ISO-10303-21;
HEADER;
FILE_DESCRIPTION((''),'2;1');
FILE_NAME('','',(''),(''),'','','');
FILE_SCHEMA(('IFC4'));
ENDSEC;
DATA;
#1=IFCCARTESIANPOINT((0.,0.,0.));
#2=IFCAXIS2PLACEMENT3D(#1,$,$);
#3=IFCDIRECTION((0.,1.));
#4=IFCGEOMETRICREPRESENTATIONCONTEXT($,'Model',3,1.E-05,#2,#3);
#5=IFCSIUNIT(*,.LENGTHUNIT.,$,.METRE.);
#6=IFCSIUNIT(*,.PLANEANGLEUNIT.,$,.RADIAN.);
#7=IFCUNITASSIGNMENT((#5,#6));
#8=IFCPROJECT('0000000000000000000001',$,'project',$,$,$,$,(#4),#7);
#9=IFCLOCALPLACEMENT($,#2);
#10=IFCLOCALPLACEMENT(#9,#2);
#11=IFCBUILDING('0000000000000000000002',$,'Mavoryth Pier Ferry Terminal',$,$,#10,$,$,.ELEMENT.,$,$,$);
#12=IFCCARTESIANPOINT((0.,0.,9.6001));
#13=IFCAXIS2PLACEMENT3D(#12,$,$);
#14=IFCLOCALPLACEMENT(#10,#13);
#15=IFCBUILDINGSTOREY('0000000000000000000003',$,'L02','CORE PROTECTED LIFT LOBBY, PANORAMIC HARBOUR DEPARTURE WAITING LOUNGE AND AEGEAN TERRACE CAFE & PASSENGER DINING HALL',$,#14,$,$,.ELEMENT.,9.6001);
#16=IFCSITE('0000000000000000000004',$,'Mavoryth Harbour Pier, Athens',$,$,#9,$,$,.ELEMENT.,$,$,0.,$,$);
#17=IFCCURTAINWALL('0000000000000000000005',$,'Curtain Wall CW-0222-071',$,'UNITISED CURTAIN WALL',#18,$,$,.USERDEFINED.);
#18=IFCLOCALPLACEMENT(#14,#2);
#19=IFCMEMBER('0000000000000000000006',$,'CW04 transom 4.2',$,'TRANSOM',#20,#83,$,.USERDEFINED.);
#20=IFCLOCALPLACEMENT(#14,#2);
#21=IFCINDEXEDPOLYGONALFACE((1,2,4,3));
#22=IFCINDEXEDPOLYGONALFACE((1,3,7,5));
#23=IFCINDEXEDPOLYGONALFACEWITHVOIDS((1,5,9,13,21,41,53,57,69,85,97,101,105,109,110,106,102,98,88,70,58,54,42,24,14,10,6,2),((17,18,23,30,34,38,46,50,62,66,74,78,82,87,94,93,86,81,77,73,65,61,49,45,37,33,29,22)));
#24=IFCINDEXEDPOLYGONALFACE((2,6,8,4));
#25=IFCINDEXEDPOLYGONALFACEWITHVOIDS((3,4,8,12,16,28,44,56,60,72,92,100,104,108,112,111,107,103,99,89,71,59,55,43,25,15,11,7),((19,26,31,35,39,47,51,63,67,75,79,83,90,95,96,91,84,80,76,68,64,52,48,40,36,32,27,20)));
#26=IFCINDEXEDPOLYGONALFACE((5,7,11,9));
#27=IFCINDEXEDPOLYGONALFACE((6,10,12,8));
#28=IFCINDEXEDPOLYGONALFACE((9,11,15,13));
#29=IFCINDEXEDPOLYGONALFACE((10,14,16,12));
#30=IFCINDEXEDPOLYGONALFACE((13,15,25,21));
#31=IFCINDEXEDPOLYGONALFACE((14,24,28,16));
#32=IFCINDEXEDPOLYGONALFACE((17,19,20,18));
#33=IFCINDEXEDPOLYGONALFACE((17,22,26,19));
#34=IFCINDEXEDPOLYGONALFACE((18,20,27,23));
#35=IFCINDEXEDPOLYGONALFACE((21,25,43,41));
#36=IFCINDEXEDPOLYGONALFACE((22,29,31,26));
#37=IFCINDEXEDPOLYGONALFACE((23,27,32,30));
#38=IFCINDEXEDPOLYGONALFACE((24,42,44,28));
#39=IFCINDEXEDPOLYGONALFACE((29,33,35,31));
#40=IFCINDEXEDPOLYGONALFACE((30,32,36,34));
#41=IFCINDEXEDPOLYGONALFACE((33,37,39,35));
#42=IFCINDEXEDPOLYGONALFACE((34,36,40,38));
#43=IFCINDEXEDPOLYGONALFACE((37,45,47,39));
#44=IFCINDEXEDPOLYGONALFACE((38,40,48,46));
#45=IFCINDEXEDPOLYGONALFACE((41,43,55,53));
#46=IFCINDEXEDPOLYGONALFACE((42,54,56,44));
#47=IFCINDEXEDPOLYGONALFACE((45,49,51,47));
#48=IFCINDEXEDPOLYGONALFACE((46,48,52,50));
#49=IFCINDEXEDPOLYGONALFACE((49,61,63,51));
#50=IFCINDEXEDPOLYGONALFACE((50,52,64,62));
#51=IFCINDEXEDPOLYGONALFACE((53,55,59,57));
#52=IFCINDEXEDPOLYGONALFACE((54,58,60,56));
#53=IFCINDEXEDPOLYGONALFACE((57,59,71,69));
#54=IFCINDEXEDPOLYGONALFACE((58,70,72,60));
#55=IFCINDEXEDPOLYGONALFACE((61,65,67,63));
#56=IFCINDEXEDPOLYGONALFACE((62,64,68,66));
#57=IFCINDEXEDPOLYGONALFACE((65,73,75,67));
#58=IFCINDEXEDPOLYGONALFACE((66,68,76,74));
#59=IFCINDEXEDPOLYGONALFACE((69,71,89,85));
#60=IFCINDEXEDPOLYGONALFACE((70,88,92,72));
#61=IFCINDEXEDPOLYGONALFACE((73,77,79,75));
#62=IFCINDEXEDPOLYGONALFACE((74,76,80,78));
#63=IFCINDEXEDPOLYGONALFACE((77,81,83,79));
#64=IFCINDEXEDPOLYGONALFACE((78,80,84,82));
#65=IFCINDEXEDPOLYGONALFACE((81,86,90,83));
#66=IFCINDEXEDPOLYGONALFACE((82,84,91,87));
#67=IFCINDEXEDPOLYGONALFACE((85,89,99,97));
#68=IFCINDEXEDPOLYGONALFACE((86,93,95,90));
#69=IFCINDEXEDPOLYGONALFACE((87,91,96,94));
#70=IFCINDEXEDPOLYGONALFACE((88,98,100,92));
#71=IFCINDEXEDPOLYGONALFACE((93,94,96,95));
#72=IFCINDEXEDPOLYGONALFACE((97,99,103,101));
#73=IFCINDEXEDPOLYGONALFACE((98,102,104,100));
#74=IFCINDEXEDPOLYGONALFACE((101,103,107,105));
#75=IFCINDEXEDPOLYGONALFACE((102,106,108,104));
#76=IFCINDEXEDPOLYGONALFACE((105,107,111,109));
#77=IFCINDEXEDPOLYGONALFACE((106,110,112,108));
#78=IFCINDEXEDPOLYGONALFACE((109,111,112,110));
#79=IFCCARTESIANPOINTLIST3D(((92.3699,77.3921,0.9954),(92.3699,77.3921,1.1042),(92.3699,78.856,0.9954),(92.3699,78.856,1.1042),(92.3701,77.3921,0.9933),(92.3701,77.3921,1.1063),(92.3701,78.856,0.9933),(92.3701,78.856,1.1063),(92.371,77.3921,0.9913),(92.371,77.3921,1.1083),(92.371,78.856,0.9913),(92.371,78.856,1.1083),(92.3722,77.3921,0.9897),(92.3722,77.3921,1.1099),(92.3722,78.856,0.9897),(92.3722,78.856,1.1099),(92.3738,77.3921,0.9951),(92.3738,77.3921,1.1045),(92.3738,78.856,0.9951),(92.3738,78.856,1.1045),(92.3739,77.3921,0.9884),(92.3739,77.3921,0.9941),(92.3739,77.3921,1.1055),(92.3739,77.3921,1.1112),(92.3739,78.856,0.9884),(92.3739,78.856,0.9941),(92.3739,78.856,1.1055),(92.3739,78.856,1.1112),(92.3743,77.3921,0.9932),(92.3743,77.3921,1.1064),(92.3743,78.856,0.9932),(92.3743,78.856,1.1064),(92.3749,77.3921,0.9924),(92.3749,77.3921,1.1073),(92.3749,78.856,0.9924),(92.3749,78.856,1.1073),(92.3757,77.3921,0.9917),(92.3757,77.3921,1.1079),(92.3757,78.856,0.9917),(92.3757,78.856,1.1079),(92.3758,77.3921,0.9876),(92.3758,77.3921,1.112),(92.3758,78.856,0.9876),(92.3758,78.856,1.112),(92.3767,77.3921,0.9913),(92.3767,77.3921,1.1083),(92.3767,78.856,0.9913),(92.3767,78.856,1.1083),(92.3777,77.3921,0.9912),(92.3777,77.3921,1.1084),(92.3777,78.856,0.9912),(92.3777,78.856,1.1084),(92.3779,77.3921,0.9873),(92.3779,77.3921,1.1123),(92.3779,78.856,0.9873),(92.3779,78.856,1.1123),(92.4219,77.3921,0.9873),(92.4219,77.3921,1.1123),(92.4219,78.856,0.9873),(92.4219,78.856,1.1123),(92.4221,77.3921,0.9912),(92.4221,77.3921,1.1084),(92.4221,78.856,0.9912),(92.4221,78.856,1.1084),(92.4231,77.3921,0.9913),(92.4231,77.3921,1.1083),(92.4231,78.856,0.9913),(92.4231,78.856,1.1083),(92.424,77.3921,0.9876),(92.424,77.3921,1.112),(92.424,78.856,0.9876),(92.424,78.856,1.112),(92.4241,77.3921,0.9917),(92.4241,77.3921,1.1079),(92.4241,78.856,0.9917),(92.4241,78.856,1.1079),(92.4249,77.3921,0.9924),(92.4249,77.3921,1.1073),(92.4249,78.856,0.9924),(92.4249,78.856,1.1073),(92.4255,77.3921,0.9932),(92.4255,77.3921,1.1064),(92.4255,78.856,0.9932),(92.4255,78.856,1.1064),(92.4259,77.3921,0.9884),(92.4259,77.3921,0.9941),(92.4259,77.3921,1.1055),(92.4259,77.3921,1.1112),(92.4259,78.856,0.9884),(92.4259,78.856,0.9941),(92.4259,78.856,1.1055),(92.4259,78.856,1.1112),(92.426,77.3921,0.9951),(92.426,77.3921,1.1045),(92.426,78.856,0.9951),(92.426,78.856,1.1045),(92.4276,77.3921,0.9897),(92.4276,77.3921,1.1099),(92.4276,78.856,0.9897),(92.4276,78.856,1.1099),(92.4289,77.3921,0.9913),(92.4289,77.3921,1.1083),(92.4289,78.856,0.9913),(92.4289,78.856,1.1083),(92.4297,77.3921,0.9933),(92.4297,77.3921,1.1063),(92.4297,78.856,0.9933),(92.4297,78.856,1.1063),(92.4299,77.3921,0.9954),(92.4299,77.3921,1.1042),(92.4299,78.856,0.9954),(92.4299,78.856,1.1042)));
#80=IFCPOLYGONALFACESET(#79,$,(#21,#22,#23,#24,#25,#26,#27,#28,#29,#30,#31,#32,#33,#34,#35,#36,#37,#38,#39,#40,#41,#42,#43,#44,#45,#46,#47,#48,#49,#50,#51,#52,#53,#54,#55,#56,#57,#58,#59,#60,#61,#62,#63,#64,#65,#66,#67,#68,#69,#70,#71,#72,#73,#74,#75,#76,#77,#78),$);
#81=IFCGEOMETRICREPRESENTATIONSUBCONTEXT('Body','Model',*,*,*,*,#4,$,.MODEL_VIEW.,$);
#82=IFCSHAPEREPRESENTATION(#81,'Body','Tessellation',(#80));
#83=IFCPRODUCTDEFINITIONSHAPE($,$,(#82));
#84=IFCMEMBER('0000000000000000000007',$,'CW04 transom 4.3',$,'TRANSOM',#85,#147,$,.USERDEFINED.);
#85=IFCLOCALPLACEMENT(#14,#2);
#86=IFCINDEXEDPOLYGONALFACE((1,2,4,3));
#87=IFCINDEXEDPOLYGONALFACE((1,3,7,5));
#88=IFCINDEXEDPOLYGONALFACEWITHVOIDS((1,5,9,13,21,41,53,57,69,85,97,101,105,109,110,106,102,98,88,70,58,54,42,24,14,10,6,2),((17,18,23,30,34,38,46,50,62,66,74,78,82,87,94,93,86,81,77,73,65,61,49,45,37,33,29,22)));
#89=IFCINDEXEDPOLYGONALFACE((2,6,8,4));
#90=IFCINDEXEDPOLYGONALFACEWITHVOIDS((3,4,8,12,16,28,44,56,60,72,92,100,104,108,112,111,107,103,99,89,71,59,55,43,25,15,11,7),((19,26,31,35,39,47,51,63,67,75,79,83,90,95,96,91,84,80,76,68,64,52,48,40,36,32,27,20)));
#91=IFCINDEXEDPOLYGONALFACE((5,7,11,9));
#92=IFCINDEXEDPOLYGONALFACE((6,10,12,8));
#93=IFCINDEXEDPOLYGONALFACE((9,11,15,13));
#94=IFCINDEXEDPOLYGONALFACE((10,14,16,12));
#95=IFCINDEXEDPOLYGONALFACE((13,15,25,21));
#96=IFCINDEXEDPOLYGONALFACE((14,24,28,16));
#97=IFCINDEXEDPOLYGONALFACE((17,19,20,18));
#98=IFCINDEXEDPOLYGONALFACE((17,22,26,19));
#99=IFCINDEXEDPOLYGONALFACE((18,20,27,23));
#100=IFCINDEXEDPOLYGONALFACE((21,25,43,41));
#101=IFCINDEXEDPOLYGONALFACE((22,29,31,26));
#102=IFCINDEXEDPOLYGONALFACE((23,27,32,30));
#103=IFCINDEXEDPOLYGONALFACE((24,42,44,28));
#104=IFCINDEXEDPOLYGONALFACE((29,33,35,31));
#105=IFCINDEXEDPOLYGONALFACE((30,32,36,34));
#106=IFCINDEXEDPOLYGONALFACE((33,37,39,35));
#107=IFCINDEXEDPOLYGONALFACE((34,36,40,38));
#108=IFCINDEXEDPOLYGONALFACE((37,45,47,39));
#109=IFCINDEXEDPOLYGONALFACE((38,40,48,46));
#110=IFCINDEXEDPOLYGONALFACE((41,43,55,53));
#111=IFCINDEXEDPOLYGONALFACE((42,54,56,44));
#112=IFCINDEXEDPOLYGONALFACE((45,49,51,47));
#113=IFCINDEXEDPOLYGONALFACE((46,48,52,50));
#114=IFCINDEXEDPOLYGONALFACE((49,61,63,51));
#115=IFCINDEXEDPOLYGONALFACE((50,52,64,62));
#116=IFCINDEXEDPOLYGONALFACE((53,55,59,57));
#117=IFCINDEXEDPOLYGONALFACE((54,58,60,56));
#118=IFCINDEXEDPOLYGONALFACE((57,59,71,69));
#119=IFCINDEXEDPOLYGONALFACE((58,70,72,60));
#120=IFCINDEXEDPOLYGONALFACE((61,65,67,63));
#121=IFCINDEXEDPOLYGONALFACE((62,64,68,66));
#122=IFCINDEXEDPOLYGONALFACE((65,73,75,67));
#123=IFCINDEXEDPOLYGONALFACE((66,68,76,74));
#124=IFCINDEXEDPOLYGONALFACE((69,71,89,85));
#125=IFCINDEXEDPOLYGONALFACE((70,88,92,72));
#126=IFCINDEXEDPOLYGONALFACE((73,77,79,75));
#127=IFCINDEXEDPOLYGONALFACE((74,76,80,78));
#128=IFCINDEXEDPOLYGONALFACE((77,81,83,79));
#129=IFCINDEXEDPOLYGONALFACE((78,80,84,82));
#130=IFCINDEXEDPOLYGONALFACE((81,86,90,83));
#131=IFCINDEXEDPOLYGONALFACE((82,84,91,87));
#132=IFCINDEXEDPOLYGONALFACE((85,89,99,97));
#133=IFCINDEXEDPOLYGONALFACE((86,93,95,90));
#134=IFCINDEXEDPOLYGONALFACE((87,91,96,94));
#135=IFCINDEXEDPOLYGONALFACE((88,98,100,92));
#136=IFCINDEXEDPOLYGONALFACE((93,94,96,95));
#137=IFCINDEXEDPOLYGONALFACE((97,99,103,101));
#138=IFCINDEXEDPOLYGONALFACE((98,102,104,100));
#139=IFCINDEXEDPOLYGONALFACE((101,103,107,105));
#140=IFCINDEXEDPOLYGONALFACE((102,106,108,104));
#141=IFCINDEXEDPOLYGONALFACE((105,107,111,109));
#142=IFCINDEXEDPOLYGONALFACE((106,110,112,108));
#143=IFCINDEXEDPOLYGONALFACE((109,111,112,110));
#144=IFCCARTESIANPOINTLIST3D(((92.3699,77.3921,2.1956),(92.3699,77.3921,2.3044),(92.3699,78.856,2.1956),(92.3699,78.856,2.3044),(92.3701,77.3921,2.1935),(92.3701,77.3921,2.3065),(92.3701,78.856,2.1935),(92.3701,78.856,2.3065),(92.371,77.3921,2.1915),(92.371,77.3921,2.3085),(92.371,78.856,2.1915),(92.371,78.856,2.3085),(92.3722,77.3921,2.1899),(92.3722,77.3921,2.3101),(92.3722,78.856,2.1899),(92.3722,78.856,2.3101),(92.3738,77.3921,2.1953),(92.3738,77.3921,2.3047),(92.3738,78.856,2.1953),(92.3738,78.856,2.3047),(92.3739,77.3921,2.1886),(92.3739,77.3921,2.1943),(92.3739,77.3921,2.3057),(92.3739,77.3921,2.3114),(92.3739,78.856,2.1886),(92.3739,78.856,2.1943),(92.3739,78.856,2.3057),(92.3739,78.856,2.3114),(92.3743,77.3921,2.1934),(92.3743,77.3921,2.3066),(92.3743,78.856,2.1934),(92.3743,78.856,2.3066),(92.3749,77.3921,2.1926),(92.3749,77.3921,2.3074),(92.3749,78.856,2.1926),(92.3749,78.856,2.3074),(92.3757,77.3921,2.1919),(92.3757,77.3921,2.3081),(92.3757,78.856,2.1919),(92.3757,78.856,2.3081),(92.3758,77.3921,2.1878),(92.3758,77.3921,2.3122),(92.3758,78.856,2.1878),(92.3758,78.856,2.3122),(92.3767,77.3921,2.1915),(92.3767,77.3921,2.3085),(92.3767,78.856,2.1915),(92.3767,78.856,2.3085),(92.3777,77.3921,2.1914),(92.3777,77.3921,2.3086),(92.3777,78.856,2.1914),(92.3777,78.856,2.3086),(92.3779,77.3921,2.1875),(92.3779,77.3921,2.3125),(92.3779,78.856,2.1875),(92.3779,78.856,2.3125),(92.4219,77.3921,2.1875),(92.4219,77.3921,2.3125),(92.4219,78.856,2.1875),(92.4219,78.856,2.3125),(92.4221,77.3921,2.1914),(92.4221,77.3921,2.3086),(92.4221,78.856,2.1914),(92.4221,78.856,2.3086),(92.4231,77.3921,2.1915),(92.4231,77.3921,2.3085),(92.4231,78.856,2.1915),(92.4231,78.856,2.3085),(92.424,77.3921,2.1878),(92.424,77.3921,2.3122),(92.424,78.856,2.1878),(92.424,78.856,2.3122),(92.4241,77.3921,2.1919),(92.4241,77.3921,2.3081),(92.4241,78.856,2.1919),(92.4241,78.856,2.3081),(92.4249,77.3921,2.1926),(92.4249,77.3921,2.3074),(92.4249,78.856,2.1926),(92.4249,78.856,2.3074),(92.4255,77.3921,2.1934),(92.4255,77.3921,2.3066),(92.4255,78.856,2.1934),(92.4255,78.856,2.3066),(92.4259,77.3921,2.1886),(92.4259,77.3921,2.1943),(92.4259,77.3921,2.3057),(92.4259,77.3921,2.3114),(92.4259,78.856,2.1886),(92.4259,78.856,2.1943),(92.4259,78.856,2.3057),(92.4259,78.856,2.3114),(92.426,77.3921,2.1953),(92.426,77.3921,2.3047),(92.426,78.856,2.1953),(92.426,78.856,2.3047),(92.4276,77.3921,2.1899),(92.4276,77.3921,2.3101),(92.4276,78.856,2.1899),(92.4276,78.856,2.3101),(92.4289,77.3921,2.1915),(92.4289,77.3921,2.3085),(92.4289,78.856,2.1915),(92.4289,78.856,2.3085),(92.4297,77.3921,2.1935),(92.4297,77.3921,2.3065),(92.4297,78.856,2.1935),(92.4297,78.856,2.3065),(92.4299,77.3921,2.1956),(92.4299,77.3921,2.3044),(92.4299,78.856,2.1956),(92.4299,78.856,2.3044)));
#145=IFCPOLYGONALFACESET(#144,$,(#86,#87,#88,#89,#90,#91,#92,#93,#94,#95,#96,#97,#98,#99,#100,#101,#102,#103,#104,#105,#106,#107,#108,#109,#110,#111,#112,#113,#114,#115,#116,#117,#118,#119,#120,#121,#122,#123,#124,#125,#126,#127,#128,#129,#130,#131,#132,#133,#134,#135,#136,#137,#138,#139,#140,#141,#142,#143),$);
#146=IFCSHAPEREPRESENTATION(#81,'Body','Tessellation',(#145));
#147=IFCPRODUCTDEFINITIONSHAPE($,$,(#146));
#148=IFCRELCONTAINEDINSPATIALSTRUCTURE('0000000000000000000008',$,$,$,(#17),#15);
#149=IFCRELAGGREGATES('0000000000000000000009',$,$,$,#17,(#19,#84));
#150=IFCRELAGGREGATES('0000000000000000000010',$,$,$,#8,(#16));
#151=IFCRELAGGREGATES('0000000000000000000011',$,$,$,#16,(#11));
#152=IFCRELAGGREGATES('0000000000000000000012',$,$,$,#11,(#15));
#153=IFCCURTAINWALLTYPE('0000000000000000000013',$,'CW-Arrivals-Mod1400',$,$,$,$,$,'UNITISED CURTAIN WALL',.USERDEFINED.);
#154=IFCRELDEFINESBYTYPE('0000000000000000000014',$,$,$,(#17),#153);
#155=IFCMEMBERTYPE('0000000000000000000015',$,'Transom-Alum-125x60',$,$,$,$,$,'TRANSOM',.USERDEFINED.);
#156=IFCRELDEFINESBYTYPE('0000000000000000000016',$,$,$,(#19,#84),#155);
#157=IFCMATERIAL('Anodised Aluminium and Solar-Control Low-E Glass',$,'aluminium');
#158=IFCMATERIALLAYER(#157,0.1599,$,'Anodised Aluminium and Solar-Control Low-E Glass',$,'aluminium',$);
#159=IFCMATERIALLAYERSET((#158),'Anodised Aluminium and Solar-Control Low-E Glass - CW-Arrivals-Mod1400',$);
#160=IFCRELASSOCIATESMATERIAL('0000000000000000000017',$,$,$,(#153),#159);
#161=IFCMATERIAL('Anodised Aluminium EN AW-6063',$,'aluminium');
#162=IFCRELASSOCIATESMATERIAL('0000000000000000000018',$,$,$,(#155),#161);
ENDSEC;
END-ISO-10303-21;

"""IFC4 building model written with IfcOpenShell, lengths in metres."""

from ifc_helpers import new_model, si_unit, direction, frame, origin, origin_2d, place, context, subcontext, project, spatial, hollow_rectangle, extrude, material, layer, layer_set, material_profile, profile_set, type_object, element, aggregate, save


model = new_model("IFC4")

# Units and contexts
model_context = context("Model", 3, precision=1e-05, world=origin(), true_north=direction((0.0, 1.0)))
body_context = subcontext(model_context, "Body", "Model", "MODEL_VIEW")
ifc_project = project(units=[si_unit("LENGTHUNIT", "METRE"), si_unit("PLANEANGLEUNIT", "RADIAN")], contexts=[model_context])

# Site, building, storey
site_placement = place(None, origin())
site = spatial("IfcSite", under=ifc_project, at=site_placement, Name="Mavoryth Harbour Pier, Athens", CompositionType="ELEMENT", RefElevation=0.0)
building_placement = place(site_placement, origin())
building = spatial("IfcBuilding", under=site, at=building_placement, Name="Mavoryth Pier Ferry Terminal", CompositionType="ELEMENT")
storey_placement = place(building_placement, frame((0.0, 0.0, 9.6001)))
storey = spatial("IfcBuildingStorey", under=building, at=storey_placement, Name="L02", Description="CORE PROTECTED LIFT LOBBY, PANORAMIC HARBOUR DEPARTURE WAITING LOUNGE AND AEGEAN TERRACE CAFE & PASSENGER DINING HALL", CompositionType="ELEMENT", Elevation=9.6001)

# Curtain wall
ifc_material_1 = material(Name="Anodised Aluminium and Solar-Control Low-E Glass", Category="aluminium")
ifc_layer_1 = layer(ifc_material_1, 0.1599, Name="Anodised Aluminium and Solar-Control Low-E Glass", Category="aluminium")
ifc_layer_set_1 = layer_set([ifc_layer_1], Name="Anodised Aluminium and Solar-Control Low-E Glass - CW-Arrivals-Mod1400")
curtain_wall_type = type_object("IfcCurtainWallType", Name="CW-Arrivals-Mod1400", ElementType="UNITISED CURTAIN WALL", PredefinedType="USERDEFINED", material=ifc_layer_set_1)
curtain_wall_1_placement = place(storey_placement, origin())
curtain_wall_1 = element("IfcCurtainWall", 1, at=curtain_wall_1_placement, inside=storey, type_object=curtain_wall_type, Name="Curtain Wall CW-0222-071", ObjectType="UNITISED CURTAIN WALL", PredefinedType="USERDEFINED")
ifc_material_2 = material(Name="Anodised Aluminium EN AW-6063", Category="aluminium")

# Members
ifc_material_profile_1 = material_profile(ifc_material_2, hollow_rectangle(XDim=0.0601, YDim=0.125, WallThickness=0.0039, InnerFilletRadius=0.0039, OuterFilletRadius=0.0081, at=origin_2d()), Name="AL-TRAN 125x60x4", Category="aluminium")
ifc_profile_set_1 = profile_set([ifc_material_profile_1], Name="Anodised Aluminium EN AW-6063 - AL-TRAN 125x60x4")
member_type_1 = type_object("IfcMemberType", Name="Transom-Alum-125x60", ElementType="TRANSOM", PredefinedType="USERDEFINED", material=ifc_profile_set_1)
member_1_placement = place(storey_placement, frame((92.3999, 77.3921, 1.0498), z_axis=(0.0, 1.0, 0.0), x_axis=(-1.0, 0.0, 0.0)))
member_1 = element("IfcMember", 2, at=member_1_placement, type_object=member_type_1, Name="CW04 transom 4.2", ObjectType="TRANSOM", PredefinedType="USERDEFINED", context=body_context, shape_type="SweptSolid", body=[
    extrude(hollow_rectangle(XDim=0.0601, YDim=0.125, WallThickness=0.0039, InnerFilletRadius=0.0039, OuterFilletRadius=0.0081, at=origin_2d()), origin(), (0.0, 0.0, 1.0), 1.4639),
])
member_2_placement = place(storey_placement, frame((92.3999, 77.3921, 2.25), z_axis=(0.0, 1.0, 0.0), x_axis=(-1.0, 0.0, 0.0)))
member_2 = element("IfcMember", 3, at=member_2_placement, type_object=member_type_1, Name="CW04 transom 4.3", ObjectType="TRANSOM", PredefinedType="USERDEFINED", context=body_context, shape_type="SweptSolid", body=[
    extrude(hollow_rectangle(XDim=0.0601, YDim=0.125, WallThickness=0.0039, InnerFilletRadius=0.0039, OuterFilletRadius=0.0081, at=origin_2d()), origin(), (0.0, 0.0, 1.0), 1.4639),
])

aggregate(curtain_wall_1, [member_1, member_2])

save(model, "model.ifc")
